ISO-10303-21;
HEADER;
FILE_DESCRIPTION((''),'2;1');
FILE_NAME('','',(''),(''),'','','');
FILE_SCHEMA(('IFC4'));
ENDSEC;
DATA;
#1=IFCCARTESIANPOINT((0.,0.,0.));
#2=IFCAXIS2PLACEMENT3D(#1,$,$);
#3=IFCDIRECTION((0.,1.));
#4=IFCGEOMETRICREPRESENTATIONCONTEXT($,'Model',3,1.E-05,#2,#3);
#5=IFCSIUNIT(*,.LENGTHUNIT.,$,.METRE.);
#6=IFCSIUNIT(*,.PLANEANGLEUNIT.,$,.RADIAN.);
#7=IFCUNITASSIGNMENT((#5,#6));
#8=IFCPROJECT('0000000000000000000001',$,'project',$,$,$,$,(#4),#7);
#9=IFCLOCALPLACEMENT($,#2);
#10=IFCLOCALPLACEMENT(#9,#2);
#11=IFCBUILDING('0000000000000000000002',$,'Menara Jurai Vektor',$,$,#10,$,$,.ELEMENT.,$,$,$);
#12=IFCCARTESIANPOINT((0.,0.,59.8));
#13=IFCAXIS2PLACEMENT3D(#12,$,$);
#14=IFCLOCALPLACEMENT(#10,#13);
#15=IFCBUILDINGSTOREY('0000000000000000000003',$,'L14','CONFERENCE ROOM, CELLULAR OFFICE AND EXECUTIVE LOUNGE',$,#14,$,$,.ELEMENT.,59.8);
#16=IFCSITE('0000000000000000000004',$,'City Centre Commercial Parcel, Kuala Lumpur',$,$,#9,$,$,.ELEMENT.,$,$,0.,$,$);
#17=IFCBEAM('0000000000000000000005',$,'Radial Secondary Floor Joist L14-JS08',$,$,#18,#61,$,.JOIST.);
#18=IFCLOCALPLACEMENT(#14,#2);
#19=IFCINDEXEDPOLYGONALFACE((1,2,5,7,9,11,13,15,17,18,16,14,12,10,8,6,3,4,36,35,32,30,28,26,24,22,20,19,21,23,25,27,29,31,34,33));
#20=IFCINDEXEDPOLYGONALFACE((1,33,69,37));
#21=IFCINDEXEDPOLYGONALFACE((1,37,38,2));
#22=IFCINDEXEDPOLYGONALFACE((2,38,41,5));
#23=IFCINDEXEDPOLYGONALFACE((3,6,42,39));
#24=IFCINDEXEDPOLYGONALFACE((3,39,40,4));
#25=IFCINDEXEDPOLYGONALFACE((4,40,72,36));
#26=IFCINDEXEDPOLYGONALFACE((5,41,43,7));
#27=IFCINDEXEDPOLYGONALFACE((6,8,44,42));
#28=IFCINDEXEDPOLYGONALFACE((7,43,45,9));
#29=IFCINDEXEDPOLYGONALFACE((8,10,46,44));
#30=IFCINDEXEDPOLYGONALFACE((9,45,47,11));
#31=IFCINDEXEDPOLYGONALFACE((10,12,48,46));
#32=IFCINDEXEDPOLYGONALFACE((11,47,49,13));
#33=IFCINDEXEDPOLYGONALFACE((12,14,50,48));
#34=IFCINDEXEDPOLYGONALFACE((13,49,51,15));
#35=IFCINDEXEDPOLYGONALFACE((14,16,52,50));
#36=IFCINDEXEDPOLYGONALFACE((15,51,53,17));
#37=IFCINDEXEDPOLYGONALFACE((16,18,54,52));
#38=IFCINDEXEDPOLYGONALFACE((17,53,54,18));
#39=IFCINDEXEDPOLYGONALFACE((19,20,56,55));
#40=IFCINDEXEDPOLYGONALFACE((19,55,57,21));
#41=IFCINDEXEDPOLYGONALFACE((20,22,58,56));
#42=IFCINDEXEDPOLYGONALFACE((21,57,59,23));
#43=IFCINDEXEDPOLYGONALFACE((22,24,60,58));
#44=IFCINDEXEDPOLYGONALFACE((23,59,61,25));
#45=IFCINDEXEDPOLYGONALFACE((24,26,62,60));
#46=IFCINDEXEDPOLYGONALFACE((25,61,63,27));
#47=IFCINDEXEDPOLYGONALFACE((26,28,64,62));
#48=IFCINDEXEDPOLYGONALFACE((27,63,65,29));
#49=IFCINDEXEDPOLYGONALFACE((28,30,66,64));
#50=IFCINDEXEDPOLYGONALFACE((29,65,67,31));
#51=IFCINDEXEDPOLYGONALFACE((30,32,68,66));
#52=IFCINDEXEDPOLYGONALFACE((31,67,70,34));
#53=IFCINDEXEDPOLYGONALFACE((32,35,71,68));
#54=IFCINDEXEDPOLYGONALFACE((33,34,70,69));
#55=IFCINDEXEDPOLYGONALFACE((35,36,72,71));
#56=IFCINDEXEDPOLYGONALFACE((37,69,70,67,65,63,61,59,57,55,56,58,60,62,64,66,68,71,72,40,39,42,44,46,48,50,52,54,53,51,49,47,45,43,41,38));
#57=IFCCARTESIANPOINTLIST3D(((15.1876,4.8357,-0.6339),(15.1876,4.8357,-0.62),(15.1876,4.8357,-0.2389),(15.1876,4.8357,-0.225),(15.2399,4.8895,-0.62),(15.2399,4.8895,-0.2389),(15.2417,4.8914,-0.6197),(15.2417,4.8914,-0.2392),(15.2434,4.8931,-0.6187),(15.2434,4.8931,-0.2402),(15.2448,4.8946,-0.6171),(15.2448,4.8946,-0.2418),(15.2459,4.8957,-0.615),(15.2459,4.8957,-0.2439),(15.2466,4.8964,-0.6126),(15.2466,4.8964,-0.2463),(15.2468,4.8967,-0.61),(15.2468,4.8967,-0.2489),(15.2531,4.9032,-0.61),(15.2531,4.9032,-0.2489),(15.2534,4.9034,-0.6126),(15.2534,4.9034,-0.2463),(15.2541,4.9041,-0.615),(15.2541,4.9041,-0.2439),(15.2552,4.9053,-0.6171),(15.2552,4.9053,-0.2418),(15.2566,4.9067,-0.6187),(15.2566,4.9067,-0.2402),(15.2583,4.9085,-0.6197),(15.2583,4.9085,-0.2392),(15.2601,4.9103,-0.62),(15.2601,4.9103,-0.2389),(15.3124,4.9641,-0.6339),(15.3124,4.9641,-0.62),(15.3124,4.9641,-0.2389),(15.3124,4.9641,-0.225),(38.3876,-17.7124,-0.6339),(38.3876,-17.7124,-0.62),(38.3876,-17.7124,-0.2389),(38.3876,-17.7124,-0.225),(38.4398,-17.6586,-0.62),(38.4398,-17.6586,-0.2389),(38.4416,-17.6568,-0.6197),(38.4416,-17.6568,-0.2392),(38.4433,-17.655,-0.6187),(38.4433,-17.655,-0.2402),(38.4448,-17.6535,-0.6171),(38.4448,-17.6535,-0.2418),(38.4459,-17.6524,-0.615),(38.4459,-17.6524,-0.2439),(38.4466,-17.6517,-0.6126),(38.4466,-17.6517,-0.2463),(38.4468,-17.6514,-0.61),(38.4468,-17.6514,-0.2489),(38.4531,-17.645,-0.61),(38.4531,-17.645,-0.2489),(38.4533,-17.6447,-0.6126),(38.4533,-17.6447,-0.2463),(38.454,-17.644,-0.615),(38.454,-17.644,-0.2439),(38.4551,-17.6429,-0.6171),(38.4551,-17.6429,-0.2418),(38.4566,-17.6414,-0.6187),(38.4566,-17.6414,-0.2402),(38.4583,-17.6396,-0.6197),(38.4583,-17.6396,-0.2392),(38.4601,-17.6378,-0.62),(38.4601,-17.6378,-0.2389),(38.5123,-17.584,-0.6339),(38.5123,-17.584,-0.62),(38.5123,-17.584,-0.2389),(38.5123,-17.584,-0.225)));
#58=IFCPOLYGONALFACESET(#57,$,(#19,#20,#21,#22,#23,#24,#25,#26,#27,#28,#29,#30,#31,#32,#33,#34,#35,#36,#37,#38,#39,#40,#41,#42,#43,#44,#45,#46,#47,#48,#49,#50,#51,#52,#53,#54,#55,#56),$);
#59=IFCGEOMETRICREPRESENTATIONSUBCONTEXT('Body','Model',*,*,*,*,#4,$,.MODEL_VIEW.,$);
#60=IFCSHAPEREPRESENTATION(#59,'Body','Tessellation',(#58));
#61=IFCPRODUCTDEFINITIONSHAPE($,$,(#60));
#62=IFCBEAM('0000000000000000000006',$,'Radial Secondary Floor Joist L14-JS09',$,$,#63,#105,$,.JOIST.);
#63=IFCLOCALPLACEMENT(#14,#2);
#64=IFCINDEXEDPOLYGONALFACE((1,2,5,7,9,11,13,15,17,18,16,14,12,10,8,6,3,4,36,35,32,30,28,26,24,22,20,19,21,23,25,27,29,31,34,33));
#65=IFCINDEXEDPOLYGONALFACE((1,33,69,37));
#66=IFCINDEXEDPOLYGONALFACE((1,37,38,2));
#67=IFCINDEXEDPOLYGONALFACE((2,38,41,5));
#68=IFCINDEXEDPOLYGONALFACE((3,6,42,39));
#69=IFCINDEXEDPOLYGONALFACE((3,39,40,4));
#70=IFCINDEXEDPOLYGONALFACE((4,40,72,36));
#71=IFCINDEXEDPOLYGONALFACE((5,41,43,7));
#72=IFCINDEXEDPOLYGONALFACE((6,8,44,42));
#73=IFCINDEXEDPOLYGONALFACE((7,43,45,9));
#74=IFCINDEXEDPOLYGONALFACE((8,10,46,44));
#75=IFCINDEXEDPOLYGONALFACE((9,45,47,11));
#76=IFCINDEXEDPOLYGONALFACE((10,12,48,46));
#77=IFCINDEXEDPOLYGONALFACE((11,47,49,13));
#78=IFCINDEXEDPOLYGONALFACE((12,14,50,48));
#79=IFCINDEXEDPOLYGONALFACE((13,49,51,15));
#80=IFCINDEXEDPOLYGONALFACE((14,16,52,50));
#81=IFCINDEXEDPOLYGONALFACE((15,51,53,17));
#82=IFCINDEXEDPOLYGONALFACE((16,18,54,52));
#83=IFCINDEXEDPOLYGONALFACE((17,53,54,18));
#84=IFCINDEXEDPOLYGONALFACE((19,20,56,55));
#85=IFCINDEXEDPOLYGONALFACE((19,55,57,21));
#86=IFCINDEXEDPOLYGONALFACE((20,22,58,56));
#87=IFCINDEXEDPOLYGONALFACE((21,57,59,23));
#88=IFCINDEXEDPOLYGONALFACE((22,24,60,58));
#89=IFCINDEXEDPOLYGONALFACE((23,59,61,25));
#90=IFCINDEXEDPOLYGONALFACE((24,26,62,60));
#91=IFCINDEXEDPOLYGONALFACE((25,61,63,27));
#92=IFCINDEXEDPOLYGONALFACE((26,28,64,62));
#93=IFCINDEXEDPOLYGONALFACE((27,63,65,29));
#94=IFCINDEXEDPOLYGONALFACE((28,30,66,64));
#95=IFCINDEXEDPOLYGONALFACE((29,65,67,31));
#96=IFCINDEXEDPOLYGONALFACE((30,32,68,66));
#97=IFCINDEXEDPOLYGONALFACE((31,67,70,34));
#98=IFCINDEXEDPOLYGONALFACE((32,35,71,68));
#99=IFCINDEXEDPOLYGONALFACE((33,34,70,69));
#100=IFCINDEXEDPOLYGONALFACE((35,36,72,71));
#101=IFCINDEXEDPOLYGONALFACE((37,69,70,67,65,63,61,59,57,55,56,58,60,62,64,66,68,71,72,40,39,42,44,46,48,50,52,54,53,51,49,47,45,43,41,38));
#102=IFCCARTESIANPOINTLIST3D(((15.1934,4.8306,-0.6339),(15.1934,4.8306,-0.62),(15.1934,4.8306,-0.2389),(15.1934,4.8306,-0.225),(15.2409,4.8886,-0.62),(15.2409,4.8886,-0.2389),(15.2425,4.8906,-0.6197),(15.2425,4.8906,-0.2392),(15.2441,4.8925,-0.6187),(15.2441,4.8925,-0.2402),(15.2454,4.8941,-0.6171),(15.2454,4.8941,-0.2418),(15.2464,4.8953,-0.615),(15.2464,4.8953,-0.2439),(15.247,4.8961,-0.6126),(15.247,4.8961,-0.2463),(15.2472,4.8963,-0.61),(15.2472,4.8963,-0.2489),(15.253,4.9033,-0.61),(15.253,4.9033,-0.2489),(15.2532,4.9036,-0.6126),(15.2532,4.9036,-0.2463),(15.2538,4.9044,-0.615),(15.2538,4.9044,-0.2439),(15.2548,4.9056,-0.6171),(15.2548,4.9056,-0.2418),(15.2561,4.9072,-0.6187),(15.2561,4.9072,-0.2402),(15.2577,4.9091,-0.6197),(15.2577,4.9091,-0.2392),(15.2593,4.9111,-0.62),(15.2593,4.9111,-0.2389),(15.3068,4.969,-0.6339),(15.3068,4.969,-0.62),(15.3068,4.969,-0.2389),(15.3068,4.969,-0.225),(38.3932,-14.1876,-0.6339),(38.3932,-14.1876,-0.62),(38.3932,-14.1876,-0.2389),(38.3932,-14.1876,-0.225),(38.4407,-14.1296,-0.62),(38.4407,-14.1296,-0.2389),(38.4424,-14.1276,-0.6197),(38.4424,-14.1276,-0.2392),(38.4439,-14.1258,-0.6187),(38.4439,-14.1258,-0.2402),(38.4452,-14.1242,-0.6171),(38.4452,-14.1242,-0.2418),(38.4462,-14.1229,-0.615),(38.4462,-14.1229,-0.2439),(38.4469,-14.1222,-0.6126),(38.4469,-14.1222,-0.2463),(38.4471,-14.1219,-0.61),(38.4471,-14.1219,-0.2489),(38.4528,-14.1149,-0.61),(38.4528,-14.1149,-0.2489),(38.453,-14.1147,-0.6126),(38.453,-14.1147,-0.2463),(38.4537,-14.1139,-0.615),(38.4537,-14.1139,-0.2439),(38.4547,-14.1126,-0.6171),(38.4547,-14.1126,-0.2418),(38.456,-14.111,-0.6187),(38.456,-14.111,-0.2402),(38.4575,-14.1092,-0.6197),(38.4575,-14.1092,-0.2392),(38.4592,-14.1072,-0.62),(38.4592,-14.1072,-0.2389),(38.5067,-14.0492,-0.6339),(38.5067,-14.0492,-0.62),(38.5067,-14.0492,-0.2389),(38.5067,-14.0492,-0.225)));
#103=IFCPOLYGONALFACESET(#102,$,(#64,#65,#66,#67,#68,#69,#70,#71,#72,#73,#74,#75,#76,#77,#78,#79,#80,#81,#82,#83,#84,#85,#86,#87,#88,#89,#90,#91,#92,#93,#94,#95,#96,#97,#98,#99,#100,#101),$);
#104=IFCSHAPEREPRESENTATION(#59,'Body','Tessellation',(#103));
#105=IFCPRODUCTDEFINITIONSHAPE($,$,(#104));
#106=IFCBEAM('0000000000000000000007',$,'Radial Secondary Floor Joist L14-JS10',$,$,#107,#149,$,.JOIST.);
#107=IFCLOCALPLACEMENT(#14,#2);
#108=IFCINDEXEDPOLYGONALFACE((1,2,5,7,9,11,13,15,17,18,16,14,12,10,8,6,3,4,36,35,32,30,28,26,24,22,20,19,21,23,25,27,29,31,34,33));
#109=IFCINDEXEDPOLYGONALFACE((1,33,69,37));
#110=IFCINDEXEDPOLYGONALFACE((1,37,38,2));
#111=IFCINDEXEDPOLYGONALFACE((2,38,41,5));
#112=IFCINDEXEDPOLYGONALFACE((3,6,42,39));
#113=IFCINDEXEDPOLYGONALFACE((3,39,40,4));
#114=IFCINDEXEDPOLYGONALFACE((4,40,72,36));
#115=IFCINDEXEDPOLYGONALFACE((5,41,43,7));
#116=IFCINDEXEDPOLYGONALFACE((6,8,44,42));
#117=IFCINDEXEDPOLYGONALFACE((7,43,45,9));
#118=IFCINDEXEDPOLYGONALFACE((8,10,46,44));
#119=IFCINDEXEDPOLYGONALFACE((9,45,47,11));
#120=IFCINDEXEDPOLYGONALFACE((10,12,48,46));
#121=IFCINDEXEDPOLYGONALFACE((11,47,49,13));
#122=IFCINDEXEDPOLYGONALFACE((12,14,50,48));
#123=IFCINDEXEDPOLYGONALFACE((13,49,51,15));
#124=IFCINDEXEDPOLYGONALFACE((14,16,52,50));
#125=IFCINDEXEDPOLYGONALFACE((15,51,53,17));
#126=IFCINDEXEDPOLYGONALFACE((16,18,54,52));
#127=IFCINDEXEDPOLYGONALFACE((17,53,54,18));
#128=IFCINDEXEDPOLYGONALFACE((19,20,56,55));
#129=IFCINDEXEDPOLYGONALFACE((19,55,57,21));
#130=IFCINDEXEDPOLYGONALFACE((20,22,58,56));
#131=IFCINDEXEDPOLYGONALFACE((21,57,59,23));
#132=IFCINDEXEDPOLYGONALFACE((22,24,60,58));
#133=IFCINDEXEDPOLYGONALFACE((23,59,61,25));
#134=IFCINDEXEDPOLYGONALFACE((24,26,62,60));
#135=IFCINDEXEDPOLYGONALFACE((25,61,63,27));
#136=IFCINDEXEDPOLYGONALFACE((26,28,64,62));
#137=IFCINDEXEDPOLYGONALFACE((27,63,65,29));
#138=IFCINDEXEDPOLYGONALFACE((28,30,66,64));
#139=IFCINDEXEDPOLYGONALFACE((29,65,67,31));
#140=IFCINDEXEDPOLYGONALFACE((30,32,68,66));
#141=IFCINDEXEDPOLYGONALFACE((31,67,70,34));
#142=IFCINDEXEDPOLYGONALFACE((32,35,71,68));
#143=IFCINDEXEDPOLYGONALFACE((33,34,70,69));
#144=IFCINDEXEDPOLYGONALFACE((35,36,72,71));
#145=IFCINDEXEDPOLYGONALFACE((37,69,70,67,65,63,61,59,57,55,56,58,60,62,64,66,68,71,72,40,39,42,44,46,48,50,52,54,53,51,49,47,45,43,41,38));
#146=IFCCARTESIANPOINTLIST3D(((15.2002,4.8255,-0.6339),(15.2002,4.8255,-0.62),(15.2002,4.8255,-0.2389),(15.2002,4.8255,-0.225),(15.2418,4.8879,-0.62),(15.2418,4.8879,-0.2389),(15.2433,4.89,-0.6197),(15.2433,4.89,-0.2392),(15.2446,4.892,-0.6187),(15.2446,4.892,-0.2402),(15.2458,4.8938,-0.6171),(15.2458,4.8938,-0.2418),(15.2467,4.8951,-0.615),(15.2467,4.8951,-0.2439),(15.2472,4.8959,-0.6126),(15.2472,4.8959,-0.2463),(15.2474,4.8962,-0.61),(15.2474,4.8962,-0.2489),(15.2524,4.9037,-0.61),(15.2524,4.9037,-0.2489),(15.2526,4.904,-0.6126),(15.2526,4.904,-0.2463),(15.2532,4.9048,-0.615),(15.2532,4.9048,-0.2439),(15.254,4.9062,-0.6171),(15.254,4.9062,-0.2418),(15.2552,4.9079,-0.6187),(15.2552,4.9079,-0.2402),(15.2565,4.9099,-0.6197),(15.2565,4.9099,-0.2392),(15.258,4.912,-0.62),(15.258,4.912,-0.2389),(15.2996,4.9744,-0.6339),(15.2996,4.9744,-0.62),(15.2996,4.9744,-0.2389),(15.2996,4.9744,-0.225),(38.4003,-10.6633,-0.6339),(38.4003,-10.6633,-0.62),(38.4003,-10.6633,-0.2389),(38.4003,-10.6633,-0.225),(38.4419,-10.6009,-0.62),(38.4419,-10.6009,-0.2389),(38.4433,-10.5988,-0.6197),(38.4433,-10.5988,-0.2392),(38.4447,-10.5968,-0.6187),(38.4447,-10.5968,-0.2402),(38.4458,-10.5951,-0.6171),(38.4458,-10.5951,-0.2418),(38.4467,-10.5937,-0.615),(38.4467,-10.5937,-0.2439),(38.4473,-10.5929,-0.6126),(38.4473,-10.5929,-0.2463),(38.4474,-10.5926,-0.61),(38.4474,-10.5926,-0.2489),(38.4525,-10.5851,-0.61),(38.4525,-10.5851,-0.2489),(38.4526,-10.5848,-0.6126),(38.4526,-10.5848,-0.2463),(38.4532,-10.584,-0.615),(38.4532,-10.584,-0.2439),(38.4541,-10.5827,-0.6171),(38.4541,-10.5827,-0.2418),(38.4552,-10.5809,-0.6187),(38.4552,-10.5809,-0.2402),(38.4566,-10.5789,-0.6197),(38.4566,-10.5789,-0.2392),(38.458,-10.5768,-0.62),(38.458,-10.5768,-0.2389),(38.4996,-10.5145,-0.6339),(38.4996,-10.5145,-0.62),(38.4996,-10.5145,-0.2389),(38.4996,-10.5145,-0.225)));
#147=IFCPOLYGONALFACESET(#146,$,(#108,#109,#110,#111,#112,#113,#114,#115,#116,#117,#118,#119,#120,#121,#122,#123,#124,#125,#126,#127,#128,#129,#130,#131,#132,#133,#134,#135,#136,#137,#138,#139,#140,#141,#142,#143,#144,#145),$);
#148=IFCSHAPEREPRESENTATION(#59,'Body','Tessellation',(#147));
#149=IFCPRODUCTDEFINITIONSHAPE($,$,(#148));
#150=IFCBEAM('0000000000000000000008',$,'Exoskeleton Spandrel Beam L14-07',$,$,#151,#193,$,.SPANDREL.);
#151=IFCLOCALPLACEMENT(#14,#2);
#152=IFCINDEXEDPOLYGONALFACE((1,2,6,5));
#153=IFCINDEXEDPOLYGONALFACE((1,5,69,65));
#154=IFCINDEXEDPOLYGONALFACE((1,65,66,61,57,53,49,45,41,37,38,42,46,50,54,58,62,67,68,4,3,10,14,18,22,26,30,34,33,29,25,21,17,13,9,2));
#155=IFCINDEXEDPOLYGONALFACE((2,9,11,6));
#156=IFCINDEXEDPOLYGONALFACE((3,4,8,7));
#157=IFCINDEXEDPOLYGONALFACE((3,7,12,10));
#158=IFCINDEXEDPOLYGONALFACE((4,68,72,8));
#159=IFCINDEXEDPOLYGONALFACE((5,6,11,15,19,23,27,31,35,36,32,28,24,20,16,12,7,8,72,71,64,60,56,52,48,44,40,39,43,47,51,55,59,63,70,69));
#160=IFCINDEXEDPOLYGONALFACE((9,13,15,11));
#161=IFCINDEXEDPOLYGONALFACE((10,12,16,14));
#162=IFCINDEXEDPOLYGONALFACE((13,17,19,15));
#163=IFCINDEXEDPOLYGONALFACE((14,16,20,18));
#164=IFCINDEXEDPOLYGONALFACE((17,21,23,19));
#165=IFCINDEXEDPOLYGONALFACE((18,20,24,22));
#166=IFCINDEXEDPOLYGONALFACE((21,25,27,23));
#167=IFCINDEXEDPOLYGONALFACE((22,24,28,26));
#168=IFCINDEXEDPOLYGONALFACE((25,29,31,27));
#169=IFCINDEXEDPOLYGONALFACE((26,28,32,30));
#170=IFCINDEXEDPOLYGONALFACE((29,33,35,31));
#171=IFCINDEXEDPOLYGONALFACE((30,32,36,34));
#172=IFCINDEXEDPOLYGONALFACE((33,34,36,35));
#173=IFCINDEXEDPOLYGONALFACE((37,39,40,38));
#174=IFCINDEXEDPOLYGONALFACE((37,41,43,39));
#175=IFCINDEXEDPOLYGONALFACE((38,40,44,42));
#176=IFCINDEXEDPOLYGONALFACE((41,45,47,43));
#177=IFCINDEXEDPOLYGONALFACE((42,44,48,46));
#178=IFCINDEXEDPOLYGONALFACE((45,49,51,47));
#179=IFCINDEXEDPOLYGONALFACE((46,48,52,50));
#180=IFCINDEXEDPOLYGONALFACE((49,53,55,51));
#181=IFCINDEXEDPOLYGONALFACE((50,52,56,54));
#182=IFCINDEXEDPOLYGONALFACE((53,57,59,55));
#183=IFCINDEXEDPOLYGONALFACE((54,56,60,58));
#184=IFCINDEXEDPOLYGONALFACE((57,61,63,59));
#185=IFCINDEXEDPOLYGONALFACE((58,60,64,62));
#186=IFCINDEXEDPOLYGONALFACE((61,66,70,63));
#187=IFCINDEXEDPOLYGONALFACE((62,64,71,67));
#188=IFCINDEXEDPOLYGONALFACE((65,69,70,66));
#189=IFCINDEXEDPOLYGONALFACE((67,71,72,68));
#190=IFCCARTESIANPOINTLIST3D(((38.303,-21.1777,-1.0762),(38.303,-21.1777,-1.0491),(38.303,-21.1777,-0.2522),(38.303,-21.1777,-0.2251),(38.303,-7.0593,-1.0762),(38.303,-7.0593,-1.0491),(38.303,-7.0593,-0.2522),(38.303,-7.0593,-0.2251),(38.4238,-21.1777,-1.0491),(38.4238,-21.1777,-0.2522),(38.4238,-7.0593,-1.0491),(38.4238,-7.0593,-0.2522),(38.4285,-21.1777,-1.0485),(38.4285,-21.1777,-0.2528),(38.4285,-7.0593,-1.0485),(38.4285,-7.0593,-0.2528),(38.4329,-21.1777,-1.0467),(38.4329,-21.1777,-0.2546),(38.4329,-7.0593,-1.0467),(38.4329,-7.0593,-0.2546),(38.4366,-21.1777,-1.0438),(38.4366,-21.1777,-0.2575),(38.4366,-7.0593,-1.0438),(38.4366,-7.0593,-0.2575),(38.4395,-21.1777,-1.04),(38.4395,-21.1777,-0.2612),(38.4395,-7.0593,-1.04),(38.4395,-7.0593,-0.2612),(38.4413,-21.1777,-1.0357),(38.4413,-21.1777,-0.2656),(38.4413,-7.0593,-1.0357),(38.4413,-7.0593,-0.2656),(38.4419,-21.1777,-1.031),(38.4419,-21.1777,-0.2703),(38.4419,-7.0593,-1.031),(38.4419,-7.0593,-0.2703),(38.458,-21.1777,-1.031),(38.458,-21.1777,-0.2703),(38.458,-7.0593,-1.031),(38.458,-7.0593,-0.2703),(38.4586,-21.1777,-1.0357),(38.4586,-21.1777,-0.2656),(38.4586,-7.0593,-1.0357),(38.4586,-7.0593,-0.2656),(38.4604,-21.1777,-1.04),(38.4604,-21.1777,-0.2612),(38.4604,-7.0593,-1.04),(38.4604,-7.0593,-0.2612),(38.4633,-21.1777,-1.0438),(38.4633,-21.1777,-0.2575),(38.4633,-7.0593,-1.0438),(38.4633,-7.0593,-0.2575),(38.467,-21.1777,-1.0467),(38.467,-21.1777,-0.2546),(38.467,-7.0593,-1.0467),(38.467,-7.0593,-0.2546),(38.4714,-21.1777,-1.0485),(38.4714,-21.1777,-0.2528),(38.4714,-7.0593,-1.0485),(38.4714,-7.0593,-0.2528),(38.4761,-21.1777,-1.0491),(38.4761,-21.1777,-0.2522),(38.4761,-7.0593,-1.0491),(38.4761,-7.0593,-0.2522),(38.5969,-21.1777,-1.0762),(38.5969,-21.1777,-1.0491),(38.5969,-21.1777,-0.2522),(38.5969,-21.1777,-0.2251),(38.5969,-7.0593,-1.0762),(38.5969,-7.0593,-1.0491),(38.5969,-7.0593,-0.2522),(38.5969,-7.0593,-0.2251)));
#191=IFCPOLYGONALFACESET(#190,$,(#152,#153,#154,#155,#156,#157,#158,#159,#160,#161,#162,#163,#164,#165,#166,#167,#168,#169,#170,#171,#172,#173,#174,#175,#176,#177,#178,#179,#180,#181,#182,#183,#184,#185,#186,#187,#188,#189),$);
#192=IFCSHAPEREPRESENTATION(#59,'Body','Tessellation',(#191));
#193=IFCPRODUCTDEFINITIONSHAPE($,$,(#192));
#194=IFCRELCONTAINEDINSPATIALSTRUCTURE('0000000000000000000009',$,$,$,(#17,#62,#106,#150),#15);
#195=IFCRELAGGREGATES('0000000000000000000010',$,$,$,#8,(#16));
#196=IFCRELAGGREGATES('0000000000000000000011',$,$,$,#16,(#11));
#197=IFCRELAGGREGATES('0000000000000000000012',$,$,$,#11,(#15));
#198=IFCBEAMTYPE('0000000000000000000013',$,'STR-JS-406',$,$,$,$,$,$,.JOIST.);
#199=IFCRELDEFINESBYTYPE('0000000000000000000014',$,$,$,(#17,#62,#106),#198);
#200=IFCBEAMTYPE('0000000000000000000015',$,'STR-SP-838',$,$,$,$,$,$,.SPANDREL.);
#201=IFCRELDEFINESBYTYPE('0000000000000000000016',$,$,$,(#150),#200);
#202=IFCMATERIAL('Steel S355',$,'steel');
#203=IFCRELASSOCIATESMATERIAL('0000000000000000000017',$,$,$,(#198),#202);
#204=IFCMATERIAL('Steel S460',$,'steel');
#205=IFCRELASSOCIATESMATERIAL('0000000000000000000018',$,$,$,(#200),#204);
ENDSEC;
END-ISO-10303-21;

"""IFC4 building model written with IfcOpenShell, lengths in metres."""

from ifc_helpers import new_model, si_unit, direction, frame, origin, origin_2d, place, context, subcontext, project, spatial, i_section, extrude, material, material_profile, profile_set, type_object, element, save


model = new_model("IFC4")

# Units and contexts
model_context = context("Model", 3, precision=1e-05, world=origin(), true_north=direction((0.0, 1.0)))
body_context = subcontext(model_context, "Body", "Model", "MODEL_VIEW")
ifc_project = project(units=[si_unit("LENGTHUNIT", "METRE"), si_unit("PLANEANGLEUNIT", "RADIAN")], contexts=[model_context])

# Site, building, storey
site_placement = place(None, origin())
site = spatial("IfcSite", under=ifc_project, at=site_placement, Name="City Centre Commercial Parcel, Kuala Lumpur", CompositionType="ELEMENT", RefElevation=0.0)
building_placement = place(site_placement, origin())
building = spatial("IfcBuilding", under=site, at=building_placement, Name="Menara Jurai Vektor", CompositionType="ELEMENT")
storey_placement = place(building_placement, frame((0.0, 0.0, 59.8)))
storey = spatial("IfcBuildingStorey", under=building, at=storey_placement, Name="L14", Description="CONFERENCE ROOM, CELLULAR OFFICE AND EXECUTIVE LOUNGE", CompositionType="ELEMENT", Elevation=59.8)

# Shared definitions
ifc_material_1 = material(Name="Steel S460", Category="steel")

# Shared definitions
ifc_material_2 = material(Name="Steel S355", Category="steel")

# Beams
ifc_material_profile_1 = material_profile(ifc_material_2, i_section(OverallWidth=0.179, OverallDepth=0.4089, WebThickness=0.009, FlangeThickness=0.0139, FilletRadius=0.01, at=origin_2d()), Name="UKB 406x178x67")
ifc_profile_set_1 = profile_set([ifc_material_profile_1], Name="Steel S355")
beam_type_1 = type_object("IfcBeamType", Name="STR-JS-406", PredefinedType="JOIST", material=ifc_profile_set_1)
beam_1_placement = place(storey_placement, frame((38.45, -17.6482, -0.4294), z_axis=(-0.717109, 0.696961, 0.0), x_axis=(-0.696961, -0.717109, 0.0)))
element("IfcBeam", 1, at=beam_1_placement, inside=storey, type_object=beam_type_1, Name="Radial Secondary Floor Joist L14-JS08", PredefinedType="JOIST", context=body_context, shape_type="SweptSolid", body=[
    extrude(i_section(OverallWidth=0.179, OverallDepth=0.4089, WebThickness=0.009, FlangeThickness=0.0139, FilletRadius=0.01, at=origin_2d()), origin(), (0.0, 0.0, 1.0), 32.3521),
])
beam_2_placement = place(storey_placement, frame((38.45, -14.1184, -0.4294), z_axis=(-0.77336, 0.633967, 0.0), x_axis=(-0.633967, -0.77336, 0.0)))
element("IfcBeam", 2, at=beam_2_placement, inside=storey, type_object=beam_type_1, Name="Radial Secondary Floor Joist L14-JS09", PredefinedType="JOIST", context=body_context, shape_type="SweptSolid", body=[
    extrude(i_section(OverallWidth=0.179, OverallDepth=0.4089, WebThickness=0.009, FlangeThickness=0.0139, FilletRadius=0.01, at=origin_2d()), origin(), (0.0, 0.0, 1.0), 29.9988),
])
beam_3_placement = place(storey_placement, frame((38.45, -10.5889, -0.4294), z_axis=(-0.831684, 0.555249, 0.0), x_axis=(-0.555249, -0.831684, 0.0)))
element("IfcBeam", 3, at=beam_3_placement, inside=storey, type_object=beam_type_1, Name="Radial Secondary Floor Joist L14-JS10", PredefinedType="JOIST", context=body_context, shape_type="SweptSolid", body=[
    extrude(i_section(OverallWidth=0.179, OverallDepth=0.4089, WebThickness=0.009, FlangeThickness=0.0139, FilletRadius=0.01, at=origin_2d()), origin(), (0.0, 0.0, 1.0), 27.8953),
])
ifc_material_profile_2 = material_profile(ifc_material_1, i_section(OverallWidth=0.2939, OverallDepth=0.8511, WebThickness=0.0161, FlangeThickness=0.0271, FilletRadius=0.0181, at=origin_2d()), Name="UKB 838x292x226")
ifc_profile_set_2 = profile_set([ifc_material_profile_2], Name="Steel S460")
beam_type_2 = type_object("IfcBeamType", Name="STR-SP-838", PredefinedType="SPANDREL", material=ifc_profile_set_2)
beam_4_placement = place(storey_placement, frame((38.45, -21.1777, -0.6506), z_axis=(0.0, 1.0, 0.0), x_axis=(-1.0, 0.0, 0.0)))
element("IfcBeam", 4, at=beam_4_placement, inside=storey, type_object=beam_type_2, Name="Exoskeleton Spandrel Beam L14-07", PredefinedType="SPANDREL", context=body_context, shape_type="SweptSolid", body=[
    extrude(i_section(OverallWidth=0.2939, OverallDepth=0.8511, WebThickness=0.0161, FlangeThickness=0.0271, FilletRadius=0.0181, at=origin_2d()), origin(), (0.0, 0.0, 1.0), 14.1184),
])

save(model, "model.ifc")
